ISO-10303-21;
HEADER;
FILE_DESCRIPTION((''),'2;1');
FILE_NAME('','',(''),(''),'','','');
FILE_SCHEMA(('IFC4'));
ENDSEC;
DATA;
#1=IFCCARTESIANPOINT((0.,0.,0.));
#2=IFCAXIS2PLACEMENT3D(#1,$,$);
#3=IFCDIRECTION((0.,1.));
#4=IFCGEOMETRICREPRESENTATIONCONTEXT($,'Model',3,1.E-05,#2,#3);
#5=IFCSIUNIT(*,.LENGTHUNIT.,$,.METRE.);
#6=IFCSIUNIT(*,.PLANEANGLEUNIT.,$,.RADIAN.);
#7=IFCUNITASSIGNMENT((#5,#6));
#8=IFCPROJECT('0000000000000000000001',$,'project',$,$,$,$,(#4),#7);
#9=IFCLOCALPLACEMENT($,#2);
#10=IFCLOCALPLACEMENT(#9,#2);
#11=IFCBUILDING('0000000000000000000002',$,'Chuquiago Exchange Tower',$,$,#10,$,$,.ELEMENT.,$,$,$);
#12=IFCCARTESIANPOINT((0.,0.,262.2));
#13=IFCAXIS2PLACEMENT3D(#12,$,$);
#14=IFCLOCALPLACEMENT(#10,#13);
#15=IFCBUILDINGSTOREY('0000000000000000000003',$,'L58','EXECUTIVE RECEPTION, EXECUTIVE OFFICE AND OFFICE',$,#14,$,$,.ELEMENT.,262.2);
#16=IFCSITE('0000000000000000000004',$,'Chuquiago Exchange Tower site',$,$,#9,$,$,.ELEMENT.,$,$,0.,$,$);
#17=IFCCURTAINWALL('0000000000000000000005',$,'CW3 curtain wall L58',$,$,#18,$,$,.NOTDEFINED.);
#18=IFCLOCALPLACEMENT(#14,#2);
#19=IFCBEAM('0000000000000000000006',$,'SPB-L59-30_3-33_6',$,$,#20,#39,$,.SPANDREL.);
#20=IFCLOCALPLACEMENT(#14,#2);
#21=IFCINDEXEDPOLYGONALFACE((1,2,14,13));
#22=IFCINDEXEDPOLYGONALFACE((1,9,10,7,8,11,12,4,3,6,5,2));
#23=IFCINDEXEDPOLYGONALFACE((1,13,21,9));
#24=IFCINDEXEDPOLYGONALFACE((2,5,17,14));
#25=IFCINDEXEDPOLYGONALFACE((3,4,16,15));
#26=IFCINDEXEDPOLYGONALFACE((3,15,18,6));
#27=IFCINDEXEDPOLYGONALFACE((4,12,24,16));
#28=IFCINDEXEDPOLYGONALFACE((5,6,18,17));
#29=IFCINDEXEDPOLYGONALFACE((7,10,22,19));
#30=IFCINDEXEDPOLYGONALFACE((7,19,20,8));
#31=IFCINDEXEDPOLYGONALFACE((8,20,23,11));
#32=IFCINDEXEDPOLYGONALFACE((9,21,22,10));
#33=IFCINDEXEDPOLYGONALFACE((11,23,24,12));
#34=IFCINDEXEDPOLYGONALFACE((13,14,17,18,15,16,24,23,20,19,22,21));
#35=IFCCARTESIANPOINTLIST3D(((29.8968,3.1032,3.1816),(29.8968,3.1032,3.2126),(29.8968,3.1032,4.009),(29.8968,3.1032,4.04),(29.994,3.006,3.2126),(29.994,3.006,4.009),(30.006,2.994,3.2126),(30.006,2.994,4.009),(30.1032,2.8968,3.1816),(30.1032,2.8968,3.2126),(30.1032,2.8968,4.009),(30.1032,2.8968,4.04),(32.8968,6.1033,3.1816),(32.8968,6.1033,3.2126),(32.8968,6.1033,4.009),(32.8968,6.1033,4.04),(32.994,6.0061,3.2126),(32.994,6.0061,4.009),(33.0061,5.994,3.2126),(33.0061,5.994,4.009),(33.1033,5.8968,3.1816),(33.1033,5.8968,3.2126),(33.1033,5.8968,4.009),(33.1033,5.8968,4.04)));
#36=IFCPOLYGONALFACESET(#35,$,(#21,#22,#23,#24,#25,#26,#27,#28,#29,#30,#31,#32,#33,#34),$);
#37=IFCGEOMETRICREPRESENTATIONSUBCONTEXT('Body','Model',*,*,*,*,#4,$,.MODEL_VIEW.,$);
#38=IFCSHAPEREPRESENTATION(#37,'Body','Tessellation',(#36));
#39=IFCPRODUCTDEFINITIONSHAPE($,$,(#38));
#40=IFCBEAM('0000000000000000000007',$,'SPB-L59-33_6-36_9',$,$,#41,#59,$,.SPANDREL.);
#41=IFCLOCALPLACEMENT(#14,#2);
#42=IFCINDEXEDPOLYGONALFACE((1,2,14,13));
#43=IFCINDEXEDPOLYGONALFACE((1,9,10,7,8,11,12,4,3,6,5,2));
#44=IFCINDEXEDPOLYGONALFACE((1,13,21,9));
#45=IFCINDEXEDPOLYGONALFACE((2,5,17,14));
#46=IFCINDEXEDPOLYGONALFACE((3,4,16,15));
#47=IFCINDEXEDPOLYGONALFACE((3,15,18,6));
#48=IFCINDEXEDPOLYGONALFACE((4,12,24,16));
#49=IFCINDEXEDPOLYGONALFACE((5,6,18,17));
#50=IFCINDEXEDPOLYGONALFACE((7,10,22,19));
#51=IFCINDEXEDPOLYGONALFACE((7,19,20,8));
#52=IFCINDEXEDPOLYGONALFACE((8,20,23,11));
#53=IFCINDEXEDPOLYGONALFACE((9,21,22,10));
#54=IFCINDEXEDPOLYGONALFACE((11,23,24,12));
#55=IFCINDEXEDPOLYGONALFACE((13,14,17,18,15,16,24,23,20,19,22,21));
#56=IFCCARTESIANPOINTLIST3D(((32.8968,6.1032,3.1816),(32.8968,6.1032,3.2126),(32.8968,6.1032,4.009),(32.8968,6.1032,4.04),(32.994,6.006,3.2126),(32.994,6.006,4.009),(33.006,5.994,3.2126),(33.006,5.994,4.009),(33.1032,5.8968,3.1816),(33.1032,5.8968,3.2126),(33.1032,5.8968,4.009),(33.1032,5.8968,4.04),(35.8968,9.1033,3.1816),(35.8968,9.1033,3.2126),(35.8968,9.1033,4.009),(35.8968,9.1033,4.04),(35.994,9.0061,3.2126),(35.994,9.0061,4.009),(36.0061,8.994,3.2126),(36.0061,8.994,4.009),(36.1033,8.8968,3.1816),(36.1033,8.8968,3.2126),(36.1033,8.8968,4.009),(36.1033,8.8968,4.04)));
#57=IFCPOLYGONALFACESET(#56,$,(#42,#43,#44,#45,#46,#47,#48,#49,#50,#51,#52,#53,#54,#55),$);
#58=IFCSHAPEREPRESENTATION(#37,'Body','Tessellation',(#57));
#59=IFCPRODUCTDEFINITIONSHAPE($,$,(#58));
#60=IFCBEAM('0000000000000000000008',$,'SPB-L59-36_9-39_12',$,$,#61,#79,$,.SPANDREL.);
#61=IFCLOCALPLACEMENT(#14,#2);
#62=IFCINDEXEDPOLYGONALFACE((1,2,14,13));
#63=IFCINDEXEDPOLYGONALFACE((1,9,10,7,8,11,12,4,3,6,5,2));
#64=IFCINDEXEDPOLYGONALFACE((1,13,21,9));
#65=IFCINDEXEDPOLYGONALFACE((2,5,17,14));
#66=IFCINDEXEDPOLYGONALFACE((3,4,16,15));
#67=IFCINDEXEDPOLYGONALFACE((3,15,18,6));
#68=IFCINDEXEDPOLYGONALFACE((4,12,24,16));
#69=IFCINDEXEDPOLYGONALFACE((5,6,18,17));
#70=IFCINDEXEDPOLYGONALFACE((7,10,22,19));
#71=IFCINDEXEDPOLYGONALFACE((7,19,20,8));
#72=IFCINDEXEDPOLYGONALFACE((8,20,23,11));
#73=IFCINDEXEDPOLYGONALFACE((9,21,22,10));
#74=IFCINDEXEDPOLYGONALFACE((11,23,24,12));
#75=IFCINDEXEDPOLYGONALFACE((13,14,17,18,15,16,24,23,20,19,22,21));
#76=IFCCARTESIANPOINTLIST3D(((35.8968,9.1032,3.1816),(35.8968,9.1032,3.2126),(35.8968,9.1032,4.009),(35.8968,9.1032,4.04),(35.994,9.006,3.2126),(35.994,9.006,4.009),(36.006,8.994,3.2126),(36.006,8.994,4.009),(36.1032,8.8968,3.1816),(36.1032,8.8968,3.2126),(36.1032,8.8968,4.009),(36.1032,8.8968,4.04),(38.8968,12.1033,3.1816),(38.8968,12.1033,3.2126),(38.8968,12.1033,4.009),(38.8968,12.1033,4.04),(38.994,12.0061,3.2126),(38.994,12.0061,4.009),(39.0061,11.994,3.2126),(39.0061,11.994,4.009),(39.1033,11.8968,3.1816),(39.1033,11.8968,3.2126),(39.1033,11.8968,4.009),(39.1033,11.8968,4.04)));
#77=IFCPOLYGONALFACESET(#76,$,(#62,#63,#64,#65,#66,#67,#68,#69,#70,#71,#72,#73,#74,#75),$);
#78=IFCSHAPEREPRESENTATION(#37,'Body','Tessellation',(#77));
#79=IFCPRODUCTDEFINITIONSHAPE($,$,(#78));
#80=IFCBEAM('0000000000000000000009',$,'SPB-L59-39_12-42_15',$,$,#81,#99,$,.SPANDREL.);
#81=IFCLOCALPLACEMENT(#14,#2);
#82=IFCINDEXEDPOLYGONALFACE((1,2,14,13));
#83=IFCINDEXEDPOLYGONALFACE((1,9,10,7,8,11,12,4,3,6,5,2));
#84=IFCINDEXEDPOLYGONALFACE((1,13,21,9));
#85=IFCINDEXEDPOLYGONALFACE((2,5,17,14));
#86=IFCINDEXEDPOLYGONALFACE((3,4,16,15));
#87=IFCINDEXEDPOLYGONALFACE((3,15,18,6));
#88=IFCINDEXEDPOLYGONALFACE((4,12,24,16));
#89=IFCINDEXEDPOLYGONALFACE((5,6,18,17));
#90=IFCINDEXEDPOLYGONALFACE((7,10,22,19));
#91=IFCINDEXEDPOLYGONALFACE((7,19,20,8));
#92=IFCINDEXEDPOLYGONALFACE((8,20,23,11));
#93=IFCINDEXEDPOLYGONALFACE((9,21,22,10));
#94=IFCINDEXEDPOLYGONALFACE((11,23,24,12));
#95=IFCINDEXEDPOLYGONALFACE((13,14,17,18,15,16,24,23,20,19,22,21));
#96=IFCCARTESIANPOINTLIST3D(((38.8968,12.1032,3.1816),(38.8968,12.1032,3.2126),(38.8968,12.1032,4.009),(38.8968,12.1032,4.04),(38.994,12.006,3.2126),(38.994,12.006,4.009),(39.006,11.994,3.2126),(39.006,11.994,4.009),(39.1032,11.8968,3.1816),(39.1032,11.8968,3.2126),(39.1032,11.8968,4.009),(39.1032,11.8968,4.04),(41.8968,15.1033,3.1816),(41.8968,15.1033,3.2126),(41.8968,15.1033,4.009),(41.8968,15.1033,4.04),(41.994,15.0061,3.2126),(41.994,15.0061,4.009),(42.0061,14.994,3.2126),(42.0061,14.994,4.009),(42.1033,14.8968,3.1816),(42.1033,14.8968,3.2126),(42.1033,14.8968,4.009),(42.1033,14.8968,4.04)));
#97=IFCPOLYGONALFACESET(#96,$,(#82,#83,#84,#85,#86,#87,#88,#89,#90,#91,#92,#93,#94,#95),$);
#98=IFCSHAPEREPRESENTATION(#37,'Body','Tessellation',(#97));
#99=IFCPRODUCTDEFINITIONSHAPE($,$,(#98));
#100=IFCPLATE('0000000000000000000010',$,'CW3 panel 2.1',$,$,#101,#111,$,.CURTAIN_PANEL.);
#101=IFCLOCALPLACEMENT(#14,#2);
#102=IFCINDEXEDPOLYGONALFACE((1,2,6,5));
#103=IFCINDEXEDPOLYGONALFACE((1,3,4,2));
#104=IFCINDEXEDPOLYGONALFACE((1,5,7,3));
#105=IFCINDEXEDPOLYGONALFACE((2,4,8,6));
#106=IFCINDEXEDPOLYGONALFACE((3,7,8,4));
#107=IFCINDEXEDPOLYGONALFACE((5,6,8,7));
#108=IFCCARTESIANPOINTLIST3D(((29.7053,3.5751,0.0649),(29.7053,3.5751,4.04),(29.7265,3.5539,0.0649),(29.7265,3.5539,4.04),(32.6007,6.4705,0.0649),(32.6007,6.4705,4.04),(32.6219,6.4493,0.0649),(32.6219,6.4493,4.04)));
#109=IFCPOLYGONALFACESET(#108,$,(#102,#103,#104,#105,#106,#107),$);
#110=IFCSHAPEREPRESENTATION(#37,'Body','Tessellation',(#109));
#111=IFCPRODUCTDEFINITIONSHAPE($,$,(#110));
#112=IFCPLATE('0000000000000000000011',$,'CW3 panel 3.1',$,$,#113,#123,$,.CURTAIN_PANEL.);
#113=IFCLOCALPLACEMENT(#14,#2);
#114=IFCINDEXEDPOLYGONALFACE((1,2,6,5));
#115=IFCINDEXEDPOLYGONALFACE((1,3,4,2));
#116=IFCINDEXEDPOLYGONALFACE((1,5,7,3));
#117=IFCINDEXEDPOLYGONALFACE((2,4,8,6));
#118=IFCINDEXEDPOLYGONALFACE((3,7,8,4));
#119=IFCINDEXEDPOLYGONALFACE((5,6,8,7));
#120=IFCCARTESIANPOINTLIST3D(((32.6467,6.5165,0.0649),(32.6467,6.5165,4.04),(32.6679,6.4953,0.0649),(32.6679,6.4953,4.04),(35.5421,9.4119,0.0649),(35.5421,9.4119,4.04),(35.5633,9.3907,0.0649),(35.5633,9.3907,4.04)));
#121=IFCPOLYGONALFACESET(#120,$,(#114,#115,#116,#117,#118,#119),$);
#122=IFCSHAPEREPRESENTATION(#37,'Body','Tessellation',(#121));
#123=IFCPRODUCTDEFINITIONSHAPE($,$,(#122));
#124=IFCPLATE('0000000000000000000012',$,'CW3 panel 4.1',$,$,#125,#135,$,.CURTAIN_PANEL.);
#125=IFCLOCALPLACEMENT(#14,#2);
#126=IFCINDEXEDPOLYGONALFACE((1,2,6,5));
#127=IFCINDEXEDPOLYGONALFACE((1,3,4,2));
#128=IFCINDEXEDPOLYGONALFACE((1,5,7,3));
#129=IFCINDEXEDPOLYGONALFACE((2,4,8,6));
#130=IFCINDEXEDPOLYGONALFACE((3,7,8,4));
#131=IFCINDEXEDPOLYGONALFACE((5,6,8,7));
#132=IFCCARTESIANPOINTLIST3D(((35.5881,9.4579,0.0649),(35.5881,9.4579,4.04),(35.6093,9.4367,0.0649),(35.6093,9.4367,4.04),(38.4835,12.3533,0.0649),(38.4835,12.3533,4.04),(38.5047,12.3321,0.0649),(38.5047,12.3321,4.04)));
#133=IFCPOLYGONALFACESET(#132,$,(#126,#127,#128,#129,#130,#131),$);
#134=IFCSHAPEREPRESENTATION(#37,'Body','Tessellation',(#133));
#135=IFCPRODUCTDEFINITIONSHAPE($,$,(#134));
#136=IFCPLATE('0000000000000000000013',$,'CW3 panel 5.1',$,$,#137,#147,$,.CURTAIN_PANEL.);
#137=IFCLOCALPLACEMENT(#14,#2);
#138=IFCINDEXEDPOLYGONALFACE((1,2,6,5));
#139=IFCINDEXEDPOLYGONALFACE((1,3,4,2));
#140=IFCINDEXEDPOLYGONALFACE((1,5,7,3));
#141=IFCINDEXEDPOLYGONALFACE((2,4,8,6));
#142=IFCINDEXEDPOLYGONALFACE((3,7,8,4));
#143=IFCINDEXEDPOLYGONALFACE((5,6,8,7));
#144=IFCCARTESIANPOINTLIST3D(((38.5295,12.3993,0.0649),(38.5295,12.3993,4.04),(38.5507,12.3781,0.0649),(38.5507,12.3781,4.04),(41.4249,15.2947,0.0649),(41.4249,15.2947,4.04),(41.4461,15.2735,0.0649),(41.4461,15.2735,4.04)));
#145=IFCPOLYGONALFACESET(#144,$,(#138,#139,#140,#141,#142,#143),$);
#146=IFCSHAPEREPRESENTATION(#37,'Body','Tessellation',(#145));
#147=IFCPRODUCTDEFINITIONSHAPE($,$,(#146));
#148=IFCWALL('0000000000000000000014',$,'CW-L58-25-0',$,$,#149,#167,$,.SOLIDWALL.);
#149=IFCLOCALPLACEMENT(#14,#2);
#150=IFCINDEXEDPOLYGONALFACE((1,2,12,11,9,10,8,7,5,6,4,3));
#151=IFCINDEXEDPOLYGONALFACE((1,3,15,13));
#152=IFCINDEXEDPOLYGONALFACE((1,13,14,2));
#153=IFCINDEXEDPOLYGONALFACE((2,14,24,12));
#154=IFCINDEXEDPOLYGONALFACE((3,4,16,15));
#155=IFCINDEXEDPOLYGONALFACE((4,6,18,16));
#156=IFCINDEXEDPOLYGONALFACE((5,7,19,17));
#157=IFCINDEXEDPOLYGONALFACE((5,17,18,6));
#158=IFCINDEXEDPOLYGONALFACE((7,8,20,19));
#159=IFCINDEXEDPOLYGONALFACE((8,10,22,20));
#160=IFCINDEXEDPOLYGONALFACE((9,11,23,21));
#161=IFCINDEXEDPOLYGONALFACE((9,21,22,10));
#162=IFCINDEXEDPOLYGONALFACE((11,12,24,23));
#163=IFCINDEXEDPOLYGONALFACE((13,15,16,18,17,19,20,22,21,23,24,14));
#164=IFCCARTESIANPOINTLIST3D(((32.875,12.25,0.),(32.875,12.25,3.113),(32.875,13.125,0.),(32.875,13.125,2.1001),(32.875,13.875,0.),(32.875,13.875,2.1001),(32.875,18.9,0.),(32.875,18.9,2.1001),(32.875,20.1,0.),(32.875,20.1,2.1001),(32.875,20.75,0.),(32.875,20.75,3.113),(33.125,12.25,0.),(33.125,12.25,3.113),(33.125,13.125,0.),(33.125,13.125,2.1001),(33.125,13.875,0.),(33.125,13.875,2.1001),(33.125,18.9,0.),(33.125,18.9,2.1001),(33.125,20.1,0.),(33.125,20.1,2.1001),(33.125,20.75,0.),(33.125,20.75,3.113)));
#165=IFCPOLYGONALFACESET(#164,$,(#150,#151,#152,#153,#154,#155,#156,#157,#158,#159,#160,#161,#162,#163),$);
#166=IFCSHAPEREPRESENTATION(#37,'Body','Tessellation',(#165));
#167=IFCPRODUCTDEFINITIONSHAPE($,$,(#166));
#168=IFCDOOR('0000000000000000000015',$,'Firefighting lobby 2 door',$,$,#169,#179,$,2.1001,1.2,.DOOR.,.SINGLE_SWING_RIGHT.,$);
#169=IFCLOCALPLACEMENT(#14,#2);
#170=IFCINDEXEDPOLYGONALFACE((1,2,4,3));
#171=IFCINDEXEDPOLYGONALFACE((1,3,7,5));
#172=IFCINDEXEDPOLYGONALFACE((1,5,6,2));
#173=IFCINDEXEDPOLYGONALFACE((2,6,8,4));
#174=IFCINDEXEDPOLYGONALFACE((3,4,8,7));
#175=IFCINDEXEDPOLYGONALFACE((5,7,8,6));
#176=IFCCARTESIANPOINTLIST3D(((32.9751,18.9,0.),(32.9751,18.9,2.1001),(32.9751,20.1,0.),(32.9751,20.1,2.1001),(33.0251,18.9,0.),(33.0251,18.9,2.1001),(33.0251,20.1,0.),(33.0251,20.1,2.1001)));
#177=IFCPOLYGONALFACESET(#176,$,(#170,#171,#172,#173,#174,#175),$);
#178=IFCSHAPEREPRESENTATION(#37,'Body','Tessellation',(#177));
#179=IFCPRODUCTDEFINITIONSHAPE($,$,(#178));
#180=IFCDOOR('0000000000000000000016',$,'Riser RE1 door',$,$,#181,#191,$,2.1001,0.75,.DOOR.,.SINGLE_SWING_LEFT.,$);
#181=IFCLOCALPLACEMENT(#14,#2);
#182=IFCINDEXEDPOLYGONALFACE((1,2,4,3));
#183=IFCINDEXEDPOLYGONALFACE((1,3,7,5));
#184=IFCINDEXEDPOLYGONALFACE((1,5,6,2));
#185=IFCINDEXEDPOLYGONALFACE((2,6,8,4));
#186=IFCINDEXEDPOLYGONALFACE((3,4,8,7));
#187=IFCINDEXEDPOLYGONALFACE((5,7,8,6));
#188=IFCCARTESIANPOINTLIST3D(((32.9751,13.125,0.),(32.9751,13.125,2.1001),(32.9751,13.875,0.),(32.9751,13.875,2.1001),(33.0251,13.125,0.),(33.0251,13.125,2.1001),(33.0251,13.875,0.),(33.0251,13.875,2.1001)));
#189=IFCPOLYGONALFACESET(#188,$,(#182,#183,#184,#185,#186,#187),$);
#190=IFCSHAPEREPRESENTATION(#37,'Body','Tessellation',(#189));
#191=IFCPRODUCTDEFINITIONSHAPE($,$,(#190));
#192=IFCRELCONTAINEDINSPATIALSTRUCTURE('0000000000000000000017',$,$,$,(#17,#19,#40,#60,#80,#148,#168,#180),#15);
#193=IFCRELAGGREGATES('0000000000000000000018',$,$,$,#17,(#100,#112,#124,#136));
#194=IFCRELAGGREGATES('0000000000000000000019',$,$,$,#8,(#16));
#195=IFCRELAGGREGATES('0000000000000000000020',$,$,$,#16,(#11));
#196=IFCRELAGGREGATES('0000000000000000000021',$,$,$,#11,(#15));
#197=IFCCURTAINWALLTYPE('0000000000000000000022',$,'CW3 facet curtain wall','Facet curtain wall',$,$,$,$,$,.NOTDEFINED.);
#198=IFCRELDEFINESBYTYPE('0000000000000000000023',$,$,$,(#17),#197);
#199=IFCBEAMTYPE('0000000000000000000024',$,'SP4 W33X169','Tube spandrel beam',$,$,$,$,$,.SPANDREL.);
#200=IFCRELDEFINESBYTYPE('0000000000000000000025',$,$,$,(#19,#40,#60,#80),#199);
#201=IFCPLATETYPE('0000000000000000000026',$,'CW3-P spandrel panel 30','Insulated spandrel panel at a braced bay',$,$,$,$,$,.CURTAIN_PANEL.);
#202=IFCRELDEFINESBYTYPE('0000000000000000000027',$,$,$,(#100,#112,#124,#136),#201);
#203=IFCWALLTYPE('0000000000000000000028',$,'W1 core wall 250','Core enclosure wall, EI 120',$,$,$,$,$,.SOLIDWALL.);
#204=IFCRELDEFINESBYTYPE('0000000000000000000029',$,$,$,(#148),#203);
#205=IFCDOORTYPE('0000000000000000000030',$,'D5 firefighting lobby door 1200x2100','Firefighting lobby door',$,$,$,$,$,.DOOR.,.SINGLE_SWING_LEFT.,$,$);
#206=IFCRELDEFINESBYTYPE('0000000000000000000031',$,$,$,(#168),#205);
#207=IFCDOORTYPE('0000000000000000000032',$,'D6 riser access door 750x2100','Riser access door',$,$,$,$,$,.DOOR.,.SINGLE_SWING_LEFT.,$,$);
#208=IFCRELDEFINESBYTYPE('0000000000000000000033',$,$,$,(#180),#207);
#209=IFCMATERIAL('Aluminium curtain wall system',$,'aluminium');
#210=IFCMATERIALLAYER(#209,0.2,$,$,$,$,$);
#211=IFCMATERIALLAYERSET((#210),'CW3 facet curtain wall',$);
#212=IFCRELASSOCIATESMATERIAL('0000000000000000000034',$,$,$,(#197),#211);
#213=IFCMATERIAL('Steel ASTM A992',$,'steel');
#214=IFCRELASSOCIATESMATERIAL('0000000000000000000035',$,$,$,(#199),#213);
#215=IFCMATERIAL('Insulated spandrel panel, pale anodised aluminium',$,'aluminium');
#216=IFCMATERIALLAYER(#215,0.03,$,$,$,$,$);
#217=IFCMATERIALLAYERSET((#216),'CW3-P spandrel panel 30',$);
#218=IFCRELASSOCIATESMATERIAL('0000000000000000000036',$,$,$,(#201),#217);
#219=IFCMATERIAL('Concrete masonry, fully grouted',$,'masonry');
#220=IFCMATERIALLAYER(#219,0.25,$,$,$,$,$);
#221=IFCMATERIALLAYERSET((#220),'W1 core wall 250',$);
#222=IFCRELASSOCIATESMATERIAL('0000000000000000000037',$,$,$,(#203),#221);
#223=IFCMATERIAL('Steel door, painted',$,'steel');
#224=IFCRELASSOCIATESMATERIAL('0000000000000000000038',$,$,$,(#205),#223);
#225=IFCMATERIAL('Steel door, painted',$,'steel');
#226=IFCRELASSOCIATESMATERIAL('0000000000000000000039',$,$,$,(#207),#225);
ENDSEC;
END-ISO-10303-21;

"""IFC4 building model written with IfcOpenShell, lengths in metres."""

from ifc_helpers import new_model, si_unit, direction, frame, frame_2d, origin, origin_2d, place, context, subcontext, project, spatial, rectangle, i_section, extrude, material, layer, layer_set, material_profile, profile_set, type_object, element, fill, aggregate, save


model = new_model("IFC4")

# Units and contexts
model_context = context("Model", 3, precision=1e-05, world=origin(), true_north=direction((0.0, 1.0)))
body_context = subcontext(model_context, "Body", "Model", "MODEL_VIEW")
ifc_project = project(units=[si_unit("LENGTHUNIT", "METRE"), si_unit("PLANEANGLEUNIT", "RADIAN")], contexts=[model_context])

# Site, building, storey
site_placement = place(None, origin())
site = spatial("IfcSite", under=ifc_project, at=site_placement, Name="Chuquiago Exchange Tower site", CompositionType="ELEMENT", RefElevation=0.0)
building_placement = place(site_placement, origin())
building = spatial("IfcBuilding", under=site, at=building_placement, Name="Chuquiago Exchange Tower", CompositionType="ELEMENT")
storey_placement = place(building_placement, frame((0.0, 0.0, 262.2)))
storey = spatial("IfcBuildingStorey", under=building, at=storey_placement, Name="L58", Description="EXECUTIVE RECEPTION, EXECUTIVE OFFICE AND OFFICE", CompositionType="ELEMENT", Elevation=262.2)

# Curtain wall
ifc_material_1 = material(Name="Aluminium curtain wall system", Category="aluminium")
ifc_layer_1 = layer(ifc_material_1, 0.2)
ifc_layer_set_1 = layer_set([ifc_layer_1], Name="CW3 facet curtain wall")
curtain_wall_type = type_object("IfcCurtainWallType", Name="CW3 facet curtain wall", Description="Facet curtain wall", PredefinedType="NOTDEFINED", material=ifc_layer_set_1)
curtain_wall_placement = place(storey_placement, origin())
curtain_wall = element("IfcCurtainWall", 1, at=curtain_wall_placement, inside=storey, type_object=curtain_wall_type, Name="CW3 curtain wall L58", PredefinedType="NOTDEFINED")

# Beams
ifc_material_2 = material(Name="Steel ASTM A992", Category="steel")
ifc_material_profile_1 = material_profile(ifc_material_2, i_section(OverallWidth=0.292, OverallDepth=0.8584, WebThickness=0.0171, FlangeThickness=0.031, at=origin_2d()), Name="W33X169")
ifc_profile_set_1 = profile_set([ifc_material_profile_1], Name="Steel ASTM A992")
beam_type_1 = type_object("IfcBeamType", Name="SP4 W33X169", Description="Tube spandrel beam", PredefinedType="SPANDREL", material=ifc_profile_set_1)
for number, where, z_axis, x_axis, name in (
    (2, (30.0, 3.0, 3.6108), (0.707107, 0.707107, 0.0), (-0.707107, 0.707107, 0.0), "SPB-L59-30_3-33_6"),
    (3, (33.0, 6.0, 3.6108), (0.707107, 0.707107, 0.0), (-0.707107, 0.707107, 0.0), "SPB-L59-33_6-36_9"),
    (4, (36.0, 9.0, 3.6108), (0.707107, 0.707107, 0.0), (-0.707107, 0.707107, 0.0), "SPB-L59-36_9-39_12"),
    (5, (39.0, 12.0, 3.6108), (0.707107, 0.707107, 0.0), (-0.707107, 0.707107, 0.0), "SPB-L59-39_12-42_15"),
):
    element("IfcBeam", number, at=place(storey_placement, frame(where, z_axis=z_axis, x_axis=x_axis)), inside=storey, type_object=beam_type_1, Name=name, PredefinedType="SPANDREL", context=body_context, shape_type="SweptSolid", body=[
        extrude(i_section(OverallWidth=0.292, OverallDepth=0.8584, WebThickness=0.0171, FlangeThickness=0.031, at=origin_2d()), origin(), (0.0, 0.0, 1.0), 4.2427),
    ])

# Plates
ifc_material_3 = material(Name="Insulated spandrel panel, pale anodised aluminium", Category="aluminium")
ifc_layer_2 = layer(ifc_material_3, 0.03)
ifc_layer_set_2 = layer_set([ifc_layer_2], Name="CW3-P spandrel panel 30")
plate_type = type_object("IfcPlateType", Name="CW3-P spandrel panel 30", Description="Insulated spandrel panel at a braced bay", PredefinedType="CURTAIN_PANEL", material=ifc_layer_set_2)
plate_1_placement = place(storey_placement, frame((31.1636, 5.0122, 0.0649), z_axis=(0.0, 0.0, 1.0), x_axis=(0.707107, 0.707107, 0.0)))
plate_1 = element("IfcPlate", 6, at=plate_1_placement, type_object=plate_type, Name="CW3 panel 2.1", PredefinedType="CURTAIN_PANEL", context=body_context, shape_type="SweptSolid", body=[
    extrude(rectangle(XDim=4.0947, YDim=0.03, at=origin_2d()), origin(), (0.0, 0.0, 1.0), 3.9751),
])
plate_2_placement = place(storey_placement, frame((34.105, 7.9536, 0.0649), z_axis=(0.0, 0.0, 1.0), x_axis=(0.707107, 0.707107, 0.0)))
plate_2 = element("IfcPlate", 7, at=plate_2_placement, type_object=plate_type, Name="CW3 panel 3.1", PredefinedType="CURTAIN_PANEL", context=body_context, shape_type="SweptSolid", body=[
    extrude(rectangle(XDim=4.0947, YDim=0.03, at=origin_2d()), origin(), (0.0, 0.0, 1.0), 3.9751),
])
plate_3_placement = place(storey_placement, frame((37.0464, 10.895, 0.0649), z_axis=(0.0, 0.0, 1.0), x_axis=(0.707107, 0.707107, 0.0)))
plate_3 = element("IfcPlate", 8, at=plate_3_placement, type_object=plate_type, Name="CW3 panel 4.1", PredefinedType="CURTAIN_PANEL", context=body_context, shape_type="SweptSolid", body=[
    extrude(rectangle(XDim=4.0947, YDim=0.03, at=origin_2d()), origin(), (0.0, 0.0, 1.0), 3.9751),
])
plate_4_placement = place(storey_placement, frame((39.9878, 13.8364, 0.0649), z_axis=(0.0, 0.0, 1.0), x_axis=(0.707107, 0.707107, 0.0)))
plate_4 = element("IfcPlate", 9, at=plate_4_placement, type_object=plate_type, Name="CW3 panel 5.1", PredefinedType="CURTAIN_PANEL", context=body_context, shape_type="SweptSolid", body=[
    extrude(rectangle(XDim=4.0947, YDim=0.03, at=origin_2d()), origin(), (0.0, 0.0, 1.0), 3.9751),
])
aggregate(curtain_wall, [plate_1, plate_2, plate_3, plate_4])

# Wall, openings, doors
ifc_material_4 = material(Name="Concrete masonry, fully grouted", Category="masonry")
ifc_layer_3 = layer(ifc_material_4, 0.25)
ifc_layer_set_3 = layer_set([ifc_layer_3], Name="W1 core wall 250")
wall_type_1 = type_object("IfcWallType", Name="W1 core wall 250", Description="Core enclosure wall, EI 120", PredefinedType="SOLIDWALL", material=ifc_layer_set_3)
wall_1_placement = place(storey_placement, frame((33.0, 12.25, 0.0), z_axis=(0.0, 0.0, 1.0), x_axis=(0.0, 1.0, 0.0)))
wall_1 = element("IfcWall", 10, at=wall_1_placement, inside=storey, type_object=wall_type_1, Name="CW-L58-25-0", PredefinedType="SOLIDWALL", context=body_context, shape_type="SweptSolid", body=[
    extrude(rectangle(XDim=8.5, YDim=0.25, at=frame_2d((4.25, 0.0))), origin(), (0.0, 0.0, 1.0), 3.113),
])
opening_1_placement = place(wall_1_placement, frame((6.6499, 0.0, 0.0)))
opening_1 = element("IfcOpeningElement", 11, at=opening_1_placement, cuts=wall_1, PredefinedType="OPENING", context=body_context, shape_type="SweptSolid", body=[
    extrude(rectangle(XDim=1.2, YDim=2.1001, at=frame_2d((0.6001, 1.05))), frame((0.0, 0.135, 0.0), z_axis=(0.0, -1.0, 0.0), x_axis=(1.0, 0.0, 0.0)), (0.0, 0.0, 1.0), 0.27),
])
opening_2_placement = place(wall_1_placement, frame((0.875, 0.0, 0.0)))
opening_2 = element("IfcOpeningElement", 12, at=opening_2_placement, cuts=wall_1, PredefinedType="OPENING", context=body_context, shape_type="SweptSolid", body=[
    extrude(rectangle(XDim=0.75, YDim=2.1001, at=frame_2d((0.375, 1.05))), frame((0.0, 0.135, 0.0), z_axis=(0.0, -1.0, 0.0), x_axis=(1.0, 0.0, 0.0)), (0.0, 0.0, 1.0), 0.27),
])
ifc_material_5 = material(Name="Steel door, painted", Category="steel")
door_type_1 = type_object("IfcDoorType", Name="D5 firefighting lobby door 1200x2100", Description="Firefighting lobby door", OperationType="SINGLE_SWING_LEFT", PredefinedType="DOOR", material=ifc_material_5)
door_1_placement = place(opening_1_placement, origin())
door_1 = element("IfcDoor", 13, at=door_1_placement, inside=storey, type_object=door_type_1, Name="Firefighting lobby 2 door", OperationType="SINGLE_SWING_RIGHT", OverallHeight=2.1001, OverallWidth=1.2, PredefinedType="DOOR", context=body_context, shape_type="SweptSolid", body=[
    extrude(rectangle(XDim=1.2, YDim=2.1001, at=frame_2d((0.6001, 1.05))), frame((0.0, 0.0249, 0.0), z_axis=(0.0, -1.0, 0.0), x_axis=(1.0, 0.0, 0.0)), (0.0, 0.0, 1.0), 0.05),
])
fill(opening_1, door_1)
ifc_material_6 = material(Name="Steel door, painted", Category="steel")
door_type_2 = type_object("IfcDoorType", Name="D6 riser access door 750x2100", Description="Riser access door", OperationType="SINGLE_SWING_LEFT", PredefinedType="DOOR", material=ifc_material_6)
door_2_placement = place(opening_2_placement, origin())
door_2 = element("IfcDoor", 14, at=door_2_placement, inside=storey, type_object=door_type_2, Name="Riser RE1 door", OperationType="SINGLE_SWING_LEFT", OverallHeight=2.1001, OverallWidth=0.75, PredefinedType="DOOR", context=body_context, shape_type="SweptSolid", body=[
    extrude(rectangle(XDim=0.75, YDim=2.1001, at=frame_2d((0.375, 1.05))), frame((0.0, 0.0249, 0.0), z_axis=(0.0, -1.0, 0.0), x_axis=(1.0, 0.0, 0.0)), (0.0, 0.0, 1.0), 0.05),
])
fill(opening_2, door_2)

save(model, "model.ifc")
